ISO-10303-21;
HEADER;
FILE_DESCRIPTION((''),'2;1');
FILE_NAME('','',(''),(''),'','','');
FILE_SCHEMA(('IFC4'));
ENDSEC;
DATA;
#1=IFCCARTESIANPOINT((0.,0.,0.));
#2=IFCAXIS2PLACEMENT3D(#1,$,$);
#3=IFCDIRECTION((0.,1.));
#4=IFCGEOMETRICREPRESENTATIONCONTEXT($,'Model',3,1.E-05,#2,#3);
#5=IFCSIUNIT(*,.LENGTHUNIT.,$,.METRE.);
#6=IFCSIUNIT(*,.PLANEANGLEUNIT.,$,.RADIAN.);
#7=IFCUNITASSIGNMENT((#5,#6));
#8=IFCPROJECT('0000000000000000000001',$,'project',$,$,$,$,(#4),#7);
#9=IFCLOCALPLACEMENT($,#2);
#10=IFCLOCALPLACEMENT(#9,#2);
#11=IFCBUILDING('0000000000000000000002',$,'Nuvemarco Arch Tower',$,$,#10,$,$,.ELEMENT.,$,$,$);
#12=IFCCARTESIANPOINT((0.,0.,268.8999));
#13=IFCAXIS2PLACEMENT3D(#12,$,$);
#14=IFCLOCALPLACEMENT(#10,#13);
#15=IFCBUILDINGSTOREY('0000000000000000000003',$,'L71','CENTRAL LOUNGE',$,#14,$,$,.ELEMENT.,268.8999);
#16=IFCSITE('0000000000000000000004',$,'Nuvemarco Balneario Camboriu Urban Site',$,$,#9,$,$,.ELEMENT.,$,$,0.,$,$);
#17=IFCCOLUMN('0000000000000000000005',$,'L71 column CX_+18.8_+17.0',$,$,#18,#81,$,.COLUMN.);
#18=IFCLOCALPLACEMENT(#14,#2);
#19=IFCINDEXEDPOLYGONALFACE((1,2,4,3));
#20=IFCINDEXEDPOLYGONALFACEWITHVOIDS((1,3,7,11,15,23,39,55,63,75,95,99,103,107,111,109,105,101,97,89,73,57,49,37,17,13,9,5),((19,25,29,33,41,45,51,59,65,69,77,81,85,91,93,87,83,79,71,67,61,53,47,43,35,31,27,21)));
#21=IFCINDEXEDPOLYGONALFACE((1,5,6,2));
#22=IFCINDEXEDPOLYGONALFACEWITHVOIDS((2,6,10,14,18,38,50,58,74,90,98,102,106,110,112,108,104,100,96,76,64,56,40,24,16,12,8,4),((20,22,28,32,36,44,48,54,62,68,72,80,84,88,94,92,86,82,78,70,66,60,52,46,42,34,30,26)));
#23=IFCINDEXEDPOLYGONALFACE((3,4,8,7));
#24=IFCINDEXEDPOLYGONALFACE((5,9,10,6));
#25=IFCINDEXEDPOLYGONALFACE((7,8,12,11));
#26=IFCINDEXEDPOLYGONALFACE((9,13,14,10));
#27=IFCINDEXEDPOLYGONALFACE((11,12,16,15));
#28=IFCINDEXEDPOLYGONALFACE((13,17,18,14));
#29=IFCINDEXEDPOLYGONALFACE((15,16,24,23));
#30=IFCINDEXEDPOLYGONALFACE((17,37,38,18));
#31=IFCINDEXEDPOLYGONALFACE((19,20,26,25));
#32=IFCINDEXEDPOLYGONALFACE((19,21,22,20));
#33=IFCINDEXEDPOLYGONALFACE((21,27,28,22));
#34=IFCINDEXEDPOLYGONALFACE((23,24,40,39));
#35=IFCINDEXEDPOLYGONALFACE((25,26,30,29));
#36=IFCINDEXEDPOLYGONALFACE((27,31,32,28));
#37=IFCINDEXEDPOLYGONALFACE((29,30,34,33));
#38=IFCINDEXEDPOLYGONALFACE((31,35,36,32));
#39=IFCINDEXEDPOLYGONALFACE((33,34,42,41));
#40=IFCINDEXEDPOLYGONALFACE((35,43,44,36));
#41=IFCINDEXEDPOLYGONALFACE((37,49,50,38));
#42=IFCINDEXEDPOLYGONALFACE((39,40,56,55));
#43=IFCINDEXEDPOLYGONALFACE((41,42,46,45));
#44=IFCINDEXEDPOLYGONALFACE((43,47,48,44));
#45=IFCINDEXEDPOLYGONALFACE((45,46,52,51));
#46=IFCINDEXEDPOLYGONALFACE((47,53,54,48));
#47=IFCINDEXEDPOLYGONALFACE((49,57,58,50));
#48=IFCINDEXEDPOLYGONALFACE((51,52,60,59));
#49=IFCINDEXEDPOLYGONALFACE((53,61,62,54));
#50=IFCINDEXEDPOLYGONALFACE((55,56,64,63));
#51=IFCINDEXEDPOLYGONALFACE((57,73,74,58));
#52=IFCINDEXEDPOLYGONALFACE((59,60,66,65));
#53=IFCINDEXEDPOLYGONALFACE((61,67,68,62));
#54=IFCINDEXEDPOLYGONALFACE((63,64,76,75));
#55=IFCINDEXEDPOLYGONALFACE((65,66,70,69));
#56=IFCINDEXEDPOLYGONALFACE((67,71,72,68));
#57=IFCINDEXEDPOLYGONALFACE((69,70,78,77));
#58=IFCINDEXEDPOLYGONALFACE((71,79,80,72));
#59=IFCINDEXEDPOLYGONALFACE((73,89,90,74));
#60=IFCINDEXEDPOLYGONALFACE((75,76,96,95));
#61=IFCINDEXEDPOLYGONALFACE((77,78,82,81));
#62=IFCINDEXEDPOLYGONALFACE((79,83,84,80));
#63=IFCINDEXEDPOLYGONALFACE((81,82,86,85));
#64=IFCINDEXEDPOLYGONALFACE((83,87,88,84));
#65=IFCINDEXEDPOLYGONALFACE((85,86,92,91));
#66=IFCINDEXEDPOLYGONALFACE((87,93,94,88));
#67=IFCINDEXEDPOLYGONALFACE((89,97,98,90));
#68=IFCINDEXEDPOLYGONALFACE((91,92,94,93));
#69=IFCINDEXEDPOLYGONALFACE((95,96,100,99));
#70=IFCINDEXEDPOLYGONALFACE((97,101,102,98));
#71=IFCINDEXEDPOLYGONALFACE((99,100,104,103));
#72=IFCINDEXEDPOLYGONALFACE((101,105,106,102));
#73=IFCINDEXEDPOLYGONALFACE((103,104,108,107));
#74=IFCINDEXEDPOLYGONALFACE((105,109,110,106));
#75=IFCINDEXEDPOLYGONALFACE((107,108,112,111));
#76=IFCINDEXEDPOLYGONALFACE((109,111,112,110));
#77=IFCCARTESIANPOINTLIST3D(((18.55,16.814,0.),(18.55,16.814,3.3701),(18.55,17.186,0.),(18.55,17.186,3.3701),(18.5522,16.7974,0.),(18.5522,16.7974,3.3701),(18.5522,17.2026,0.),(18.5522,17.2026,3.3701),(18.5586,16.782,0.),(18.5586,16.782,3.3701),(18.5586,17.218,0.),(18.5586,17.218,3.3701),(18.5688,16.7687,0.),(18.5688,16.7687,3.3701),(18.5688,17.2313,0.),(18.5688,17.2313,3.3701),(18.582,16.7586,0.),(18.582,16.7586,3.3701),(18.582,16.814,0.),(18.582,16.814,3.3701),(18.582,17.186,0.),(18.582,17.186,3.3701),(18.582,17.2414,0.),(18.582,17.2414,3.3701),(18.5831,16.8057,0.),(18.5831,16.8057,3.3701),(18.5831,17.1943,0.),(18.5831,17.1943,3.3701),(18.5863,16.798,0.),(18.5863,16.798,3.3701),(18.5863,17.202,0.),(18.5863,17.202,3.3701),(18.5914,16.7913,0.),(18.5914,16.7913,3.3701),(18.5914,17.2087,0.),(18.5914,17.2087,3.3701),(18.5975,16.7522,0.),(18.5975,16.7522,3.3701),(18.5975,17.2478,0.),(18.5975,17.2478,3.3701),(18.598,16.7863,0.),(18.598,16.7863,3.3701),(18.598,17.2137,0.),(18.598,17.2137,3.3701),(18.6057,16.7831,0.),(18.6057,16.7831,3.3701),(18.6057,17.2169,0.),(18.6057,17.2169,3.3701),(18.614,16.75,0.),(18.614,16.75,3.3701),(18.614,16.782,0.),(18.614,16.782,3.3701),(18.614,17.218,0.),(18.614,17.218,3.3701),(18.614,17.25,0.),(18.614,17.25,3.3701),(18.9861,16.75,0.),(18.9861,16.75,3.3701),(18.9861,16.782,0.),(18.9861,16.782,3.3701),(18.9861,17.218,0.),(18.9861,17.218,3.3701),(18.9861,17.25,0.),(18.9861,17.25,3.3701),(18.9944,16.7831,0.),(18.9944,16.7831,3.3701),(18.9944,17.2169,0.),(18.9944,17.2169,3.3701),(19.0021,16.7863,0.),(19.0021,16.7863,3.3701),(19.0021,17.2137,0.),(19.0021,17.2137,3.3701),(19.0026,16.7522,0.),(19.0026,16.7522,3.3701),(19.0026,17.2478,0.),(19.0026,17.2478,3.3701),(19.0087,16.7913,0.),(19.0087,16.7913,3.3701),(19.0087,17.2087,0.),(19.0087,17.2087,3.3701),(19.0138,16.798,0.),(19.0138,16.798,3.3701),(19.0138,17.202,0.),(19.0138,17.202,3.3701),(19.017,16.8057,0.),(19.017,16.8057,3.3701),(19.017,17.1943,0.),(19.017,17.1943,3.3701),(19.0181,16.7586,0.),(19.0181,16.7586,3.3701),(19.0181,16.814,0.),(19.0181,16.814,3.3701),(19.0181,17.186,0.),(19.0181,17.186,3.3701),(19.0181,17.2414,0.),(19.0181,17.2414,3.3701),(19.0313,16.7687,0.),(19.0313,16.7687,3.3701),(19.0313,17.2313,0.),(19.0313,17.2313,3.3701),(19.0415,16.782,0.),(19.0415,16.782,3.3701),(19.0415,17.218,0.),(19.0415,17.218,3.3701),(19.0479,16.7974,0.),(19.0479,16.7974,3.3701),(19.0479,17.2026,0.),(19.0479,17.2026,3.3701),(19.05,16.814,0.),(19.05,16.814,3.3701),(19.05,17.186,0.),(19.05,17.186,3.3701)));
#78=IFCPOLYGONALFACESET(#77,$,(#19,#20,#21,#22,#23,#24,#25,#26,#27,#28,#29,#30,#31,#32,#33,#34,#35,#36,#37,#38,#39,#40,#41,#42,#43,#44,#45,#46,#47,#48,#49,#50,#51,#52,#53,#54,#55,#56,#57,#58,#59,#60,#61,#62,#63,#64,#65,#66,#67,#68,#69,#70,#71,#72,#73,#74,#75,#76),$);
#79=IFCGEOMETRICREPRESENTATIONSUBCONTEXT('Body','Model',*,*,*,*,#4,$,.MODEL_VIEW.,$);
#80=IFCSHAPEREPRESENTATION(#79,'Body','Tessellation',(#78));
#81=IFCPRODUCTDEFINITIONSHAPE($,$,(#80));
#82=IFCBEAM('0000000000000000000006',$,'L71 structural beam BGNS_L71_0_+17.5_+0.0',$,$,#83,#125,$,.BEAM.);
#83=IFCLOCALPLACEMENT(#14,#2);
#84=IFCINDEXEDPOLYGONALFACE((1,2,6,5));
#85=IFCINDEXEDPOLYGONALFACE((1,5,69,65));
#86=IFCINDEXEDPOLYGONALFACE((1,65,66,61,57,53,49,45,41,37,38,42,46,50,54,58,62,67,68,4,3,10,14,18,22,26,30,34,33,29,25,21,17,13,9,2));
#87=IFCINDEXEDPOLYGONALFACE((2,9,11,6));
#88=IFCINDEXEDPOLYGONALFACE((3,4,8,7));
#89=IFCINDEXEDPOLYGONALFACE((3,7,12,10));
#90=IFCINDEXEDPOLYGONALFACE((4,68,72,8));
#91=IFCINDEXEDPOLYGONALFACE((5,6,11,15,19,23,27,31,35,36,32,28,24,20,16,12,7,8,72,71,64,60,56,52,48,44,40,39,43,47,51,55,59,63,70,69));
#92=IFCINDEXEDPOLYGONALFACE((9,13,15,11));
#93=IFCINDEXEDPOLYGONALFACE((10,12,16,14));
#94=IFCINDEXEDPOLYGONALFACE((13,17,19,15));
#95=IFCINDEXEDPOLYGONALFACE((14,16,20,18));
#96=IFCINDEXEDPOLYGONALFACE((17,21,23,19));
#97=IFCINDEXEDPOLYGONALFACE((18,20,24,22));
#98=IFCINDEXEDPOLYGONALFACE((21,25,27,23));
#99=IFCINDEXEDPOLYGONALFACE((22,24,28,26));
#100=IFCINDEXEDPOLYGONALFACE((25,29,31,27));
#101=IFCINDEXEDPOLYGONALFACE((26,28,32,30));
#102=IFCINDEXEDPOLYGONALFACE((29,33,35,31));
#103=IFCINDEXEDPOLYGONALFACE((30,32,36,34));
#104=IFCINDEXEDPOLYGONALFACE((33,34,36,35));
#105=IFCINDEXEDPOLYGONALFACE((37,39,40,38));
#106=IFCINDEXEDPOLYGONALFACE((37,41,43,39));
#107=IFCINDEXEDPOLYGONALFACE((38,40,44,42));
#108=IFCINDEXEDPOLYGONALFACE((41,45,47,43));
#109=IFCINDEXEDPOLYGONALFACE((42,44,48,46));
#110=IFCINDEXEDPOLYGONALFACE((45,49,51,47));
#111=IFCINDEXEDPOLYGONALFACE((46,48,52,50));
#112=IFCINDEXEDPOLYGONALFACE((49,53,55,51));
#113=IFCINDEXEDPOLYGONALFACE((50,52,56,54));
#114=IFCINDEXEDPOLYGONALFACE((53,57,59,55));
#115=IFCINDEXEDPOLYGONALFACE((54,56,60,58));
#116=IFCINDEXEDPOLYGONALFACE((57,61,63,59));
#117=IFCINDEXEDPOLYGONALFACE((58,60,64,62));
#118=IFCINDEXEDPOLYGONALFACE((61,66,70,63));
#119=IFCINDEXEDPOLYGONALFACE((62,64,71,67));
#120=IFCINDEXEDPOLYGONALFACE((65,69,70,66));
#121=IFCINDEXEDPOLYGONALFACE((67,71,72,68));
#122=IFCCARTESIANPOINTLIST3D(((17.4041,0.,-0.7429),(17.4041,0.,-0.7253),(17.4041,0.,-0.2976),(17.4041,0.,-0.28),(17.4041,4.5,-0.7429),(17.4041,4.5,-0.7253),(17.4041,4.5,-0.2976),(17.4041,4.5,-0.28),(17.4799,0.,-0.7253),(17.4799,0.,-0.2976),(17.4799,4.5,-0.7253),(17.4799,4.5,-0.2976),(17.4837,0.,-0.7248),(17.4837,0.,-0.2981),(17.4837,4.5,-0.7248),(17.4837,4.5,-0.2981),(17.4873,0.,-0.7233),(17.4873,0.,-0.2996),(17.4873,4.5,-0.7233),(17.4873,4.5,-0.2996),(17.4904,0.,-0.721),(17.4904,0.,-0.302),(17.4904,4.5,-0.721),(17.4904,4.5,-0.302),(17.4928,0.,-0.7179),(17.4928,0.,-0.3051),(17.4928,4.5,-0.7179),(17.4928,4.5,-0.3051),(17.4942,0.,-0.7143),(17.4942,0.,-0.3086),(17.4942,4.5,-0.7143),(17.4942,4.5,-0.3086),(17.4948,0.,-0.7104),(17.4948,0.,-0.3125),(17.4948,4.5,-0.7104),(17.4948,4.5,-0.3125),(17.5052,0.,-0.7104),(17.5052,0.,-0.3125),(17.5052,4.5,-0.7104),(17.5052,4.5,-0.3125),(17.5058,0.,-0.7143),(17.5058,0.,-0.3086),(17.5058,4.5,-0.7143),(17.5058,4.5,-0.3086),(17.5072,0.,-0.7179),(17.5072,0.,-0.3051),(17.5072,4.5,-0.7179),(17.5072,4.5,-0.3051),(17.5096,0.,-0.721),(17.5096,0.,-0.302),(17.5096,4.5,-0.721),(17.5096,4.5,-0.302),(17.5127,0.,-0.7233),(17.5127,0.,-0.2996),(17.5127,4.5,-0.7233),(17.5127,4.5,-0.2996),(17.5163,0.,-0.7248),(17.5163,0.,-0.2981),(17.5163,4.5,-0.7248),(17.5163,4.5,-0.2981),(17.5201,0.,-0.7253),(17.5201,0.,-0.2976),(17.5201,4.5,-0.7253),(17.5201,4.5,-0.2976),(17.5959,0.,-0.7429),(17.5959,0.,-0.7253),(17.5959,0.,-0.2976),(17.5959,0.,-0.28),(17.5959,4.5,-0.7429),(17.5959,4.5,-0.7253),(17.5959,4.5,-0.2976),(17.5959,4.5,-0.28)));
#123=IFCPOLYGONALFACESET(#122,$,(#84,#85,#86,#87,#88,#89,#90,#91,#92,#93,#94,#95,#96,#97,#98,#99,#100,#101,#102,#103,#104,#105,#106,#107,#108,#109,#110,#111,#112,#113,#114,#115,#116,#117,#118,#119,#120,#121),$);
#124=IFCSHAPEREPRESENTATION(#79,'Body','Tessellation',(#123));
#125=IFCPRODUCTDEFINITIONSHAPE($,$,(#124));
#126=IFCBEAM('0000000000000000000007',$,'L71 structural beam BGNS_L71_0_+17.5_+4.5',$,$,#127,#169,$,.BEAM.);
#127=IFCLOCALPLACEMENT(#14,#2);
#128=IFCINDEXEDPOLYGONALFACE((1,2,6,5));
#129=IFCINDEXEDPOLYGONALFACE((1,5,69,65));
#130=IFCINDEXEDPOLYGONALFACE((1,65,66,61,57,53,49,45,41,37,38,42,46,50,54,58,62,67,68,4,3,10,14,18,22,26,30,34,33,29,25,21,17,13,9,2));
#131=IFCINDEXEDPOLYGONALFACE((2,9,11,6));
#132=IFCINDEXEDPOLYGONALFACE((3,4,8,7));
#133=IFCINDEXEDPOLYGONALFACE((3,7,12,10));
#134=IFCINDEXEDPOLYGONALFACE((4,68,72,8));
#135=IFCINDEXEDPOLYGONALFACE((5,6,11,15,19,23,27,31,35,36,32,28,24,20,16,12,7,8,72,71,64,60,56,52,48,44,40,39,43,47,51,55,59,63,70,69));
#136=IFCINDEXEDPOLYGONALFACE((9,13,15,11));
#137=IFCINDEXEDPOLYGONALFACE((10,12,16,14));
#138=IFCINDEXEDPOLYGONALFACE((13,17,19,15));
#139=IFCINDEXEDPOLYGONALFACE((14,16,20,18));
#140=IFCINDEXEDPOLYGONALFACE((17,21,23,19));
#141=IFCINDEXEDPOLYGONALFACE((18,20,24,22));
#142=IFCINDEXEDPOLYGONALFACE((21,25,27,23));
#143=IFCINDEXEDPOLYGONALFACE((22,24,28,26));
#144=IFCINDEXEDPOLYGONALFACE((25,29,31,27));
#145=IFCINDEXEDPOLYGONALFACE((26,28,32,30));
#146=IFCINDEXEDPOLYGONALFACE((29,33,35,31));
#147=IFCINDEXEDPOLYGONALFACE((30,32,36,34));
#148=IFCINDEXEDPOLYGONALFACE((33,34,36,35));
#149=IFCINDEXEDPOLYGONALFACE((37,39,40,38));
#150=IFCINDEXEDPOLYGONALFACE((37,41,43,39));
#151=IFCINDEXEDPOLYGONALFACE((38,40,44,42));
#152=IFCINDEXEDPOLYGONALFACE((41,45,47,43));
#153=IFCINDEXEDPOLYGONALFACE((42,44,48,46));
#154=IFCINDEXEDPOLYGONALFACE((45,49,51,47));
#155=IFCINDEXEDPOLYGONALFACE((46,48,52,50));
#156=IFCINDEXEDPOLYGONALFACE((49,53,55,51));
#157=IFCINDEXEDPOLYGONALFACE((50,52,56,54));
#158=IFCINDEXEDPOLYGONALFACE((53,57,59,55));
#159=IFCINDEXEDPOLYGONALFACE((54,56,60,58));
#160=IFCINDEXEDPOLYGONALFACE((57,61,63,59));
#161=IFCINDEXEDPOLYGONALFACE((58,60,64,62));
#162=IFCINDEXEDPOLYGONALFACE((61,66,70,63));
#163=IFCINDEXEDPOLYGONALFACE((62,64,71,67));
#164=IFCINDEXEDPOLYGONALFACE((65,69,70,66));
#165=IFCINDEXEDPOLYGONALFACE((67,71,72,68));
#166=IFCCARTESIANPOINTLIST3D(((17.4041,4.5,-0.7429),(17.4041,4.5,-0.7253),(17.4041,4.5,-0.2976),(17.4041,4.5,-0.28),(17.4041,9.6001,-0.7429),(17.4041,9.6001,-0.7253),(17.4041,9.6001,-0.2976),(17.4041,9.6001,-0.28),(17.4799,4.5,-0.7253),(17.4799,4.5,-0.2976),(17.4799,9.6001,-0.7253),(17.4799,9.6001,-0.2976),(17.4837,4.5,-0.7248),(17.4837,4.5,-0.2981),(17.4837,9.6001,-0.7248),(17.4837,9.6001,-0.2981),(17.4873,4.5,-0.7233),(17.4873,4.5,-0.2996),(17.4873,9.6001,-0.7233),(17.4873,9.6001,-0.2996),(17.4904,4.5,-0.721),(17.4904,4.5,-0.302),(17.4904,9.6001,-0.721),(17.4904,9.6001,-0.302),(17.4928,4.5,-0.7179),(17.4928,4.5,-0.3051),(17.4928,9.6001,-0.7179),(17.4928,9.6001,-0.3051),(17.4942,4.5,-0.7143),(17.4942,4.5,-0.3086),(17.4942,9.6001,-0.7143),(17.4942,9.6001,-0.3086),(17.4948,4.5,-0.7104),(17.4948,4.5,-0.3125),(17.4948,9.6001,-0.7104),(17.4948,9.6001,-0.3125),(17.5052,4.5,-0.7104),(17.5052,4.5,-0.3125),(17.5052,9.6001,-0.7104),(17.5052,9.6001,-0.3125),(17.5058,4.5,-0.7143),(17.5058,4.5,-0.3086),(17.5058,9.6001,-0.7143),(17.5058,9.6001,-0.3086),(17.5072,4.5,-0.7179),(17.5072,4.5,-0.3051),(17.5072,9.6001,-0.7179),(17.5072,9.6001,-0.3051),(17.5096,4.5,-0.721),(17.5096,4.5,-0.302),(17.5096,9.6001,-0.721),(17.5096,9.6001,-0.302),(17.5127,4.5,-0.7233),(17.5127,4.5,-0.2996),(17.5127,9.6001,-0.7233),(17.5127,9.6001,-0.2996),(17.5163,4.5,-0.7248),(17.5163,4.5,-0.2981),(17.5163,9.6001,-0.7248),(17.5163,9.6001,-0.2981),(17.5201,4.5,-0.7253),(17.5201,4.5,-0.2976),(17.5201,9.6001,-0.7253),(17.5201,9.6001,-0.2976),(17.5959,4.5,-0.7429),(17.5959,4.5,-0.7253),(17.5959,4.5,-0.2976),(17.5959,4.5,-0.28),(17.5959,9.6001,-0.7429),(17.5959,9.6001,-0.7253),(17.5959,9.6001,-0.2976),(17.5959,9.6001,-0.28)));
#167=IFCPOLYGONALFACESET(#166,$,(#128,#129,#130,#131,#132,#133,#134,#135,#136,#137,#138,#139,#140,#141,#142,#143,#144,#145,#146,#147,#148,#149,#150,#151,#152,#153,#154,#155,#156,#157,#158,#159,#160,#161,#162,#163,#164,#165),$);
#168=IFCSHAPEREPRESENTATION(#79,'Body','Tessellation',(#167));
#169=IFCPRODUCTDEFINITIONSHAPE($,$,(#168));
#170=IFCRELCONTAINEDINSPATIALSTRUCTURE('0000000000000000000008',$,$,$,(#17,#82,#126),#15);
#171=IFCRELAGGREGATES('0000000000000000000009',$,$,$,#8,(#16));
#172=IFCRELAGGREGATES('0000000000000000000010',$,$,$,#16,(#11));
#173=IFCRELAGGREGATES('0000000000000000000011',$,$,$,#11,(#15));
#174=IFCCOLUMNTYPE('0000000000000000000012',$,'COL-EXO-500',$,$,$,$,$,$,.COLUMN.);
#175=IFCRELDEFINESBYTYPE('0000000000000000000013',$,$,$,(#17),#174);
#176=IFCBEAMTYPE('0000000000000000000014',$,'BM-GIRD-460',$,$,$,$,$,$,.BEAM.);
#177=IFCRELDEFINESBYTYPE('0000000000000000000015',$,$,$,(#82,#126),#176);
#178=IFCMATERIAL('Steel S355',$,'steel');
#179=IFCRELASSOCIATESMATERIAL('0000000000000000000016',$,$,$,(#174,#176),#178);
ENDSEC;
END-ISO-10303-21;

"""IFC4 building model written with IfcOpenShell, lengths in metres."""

from ifc_helpers import new_model, si_unit, direction, frame, origin, origin_2d, place, context, subcontext, project, spatial, hollow_rectangle, i_section, extrude, material, material_profile, profile_set, type_object, element, save


model = new_model("IFC4")

# Units and contexts
model_context = context("Model", 3, precision=1e-05, world=origin(), true_north=direction((0.0, 1.0)))
body_context = subcontext(model_context, "Body", "Model", "MODEL_VIEW")
ifc_project = project(units=[si_unit("LENGTHUNIT", "METRE"), si_unit("PLANEANGLEUNIT", "RADIAN")], contexts=[model_context])

# Site, building, storey
site_placement = place(None, origin())
site = spatial("IfcSite", under=ifc_project, at=site_placement, Name="Nuvemarco Balneario Camboriu Urban Site", CompositionType="ELEMENT", RefElevation=0.0)
building_placement = place(site_placement, origin())
building = spatial("IfcBuilding", under=site, at=building_placement, Name="Nuvemarco Arch Tower", CompositionType="ELEMENT")
storey_placement = place(building_placement, frame((0.0, 0.0, 268.8999)))
storey = spatial("IfcBuildingStorey", under=building, at=storey_placement, Name="L71", Description="CENTRAL LOUNGE", CompositionType="ELEMENT", Elevation=268.8999)

# Column
ifc_material_1 = material(Name="Steel S355", Category="steel")
ifc_material_profile_1 = material_profile(ifc_material_1, hollow_rectangle(XDim=0.5, YDim=0.5, WallThickness=0.032, InnerFilletRadius=0.032, OuterFilletRadius=0.064, at=origin_2d()), Name="SHS500x500x32")
ifc_profile_set_1 = profile_set([ifc_material_profile_1], Name="Steel S355")
column_type_1 = type_object("IfcColumnType", Name="COL-EXO-500", PredefinedType="COLUMN", material=ifc_profile_set_1)
for number, where, z_axis, x_axis, name in (
    (1, (18.8, 17.0, 0.0), (0.0, 0.0, 1.0), (1.0, 0.0, 0.0), "L71 column CX_+18.8_+17.0"),
):
    element("IfcColumn", number, at=place(storey_placement, frame(where, z_axis=z_axis, x_axis=x_axis)), inside=storey, type_object=column_type_1, Name=name, PredefinedType="COLUMN", context=body_context, shape_type="SweptSolid", body=[
        extrude(hollow_rectangle(XDim=0.5, YDim=0.5, WallThickness=0.032, InnerFilletRadius=0.032, OuterFilletRadius=0.064, at=origin_2d()), origin(), (0.0, 0.0, 1.0), 3.3701),
    ])

# Beams
ifc_material_profile_2 = material_profile(ifc_material_1, i_section(OverallWidth=0.1919, OverallDepth=0.4629, WebThickness=0.0105, FlangeThickness=0.0176, FilletRadius=0.0149, at=origin_2d()), Name="W460x89")
ifc_profile_set_2 = profile_set([ifc_material_profile_2], Name="Steel S355")
beam_type_1 = type_object("IfcBeamType", Name="BM-GIRD-460", PredefinedType="BEAM", material=ifc_profile_set_2)
beam_1_placement = place(storey_placement, frame((17.5, 0.0, -0.5115), z_axis=(0.0, 1.0, 0.0), x_axis=(-1.0, 0.0, 0.0)))
element("IfcBeam", 2, at=beam_1_placement, inside=storey, type_object=beam_type_1, Name="L71 structural beam BGNS_L71_0_+17.5_+0.0", PredefinedType="BEAM", context=body_context, shape_type="SweptSolid", body=[
    extrude(i_section(OverallWidth=0.1919, OverallDepth=0.4629, WebThickness=0.0105, FlangeThickness=0.0176, FilletRadius=0.0149, at=origin_2d()), origin(), (0.0, 0.0, 1.0), 4.5),
])
beam_2_placement = place(storey_placement, frame((17.5, 4.5, -0.5115), z_axis=(0.0, 1.0, 0.0), x_axis=(-1.0, 0.0, 0.0)))
element("IfcBeam", 3, at=beam_2_placement, inside=storey, type_object=beam_type_1, Name="L71 structural beam BGNS_L71_0_+17.5_+4.5", PredefinedType="BEAM", context=body_context, shape_type="SweptSolid", body=[
    extrude(i_section(OverallWidth=0.1919, OverallDepth=0.4629, WebThickness=0.0105, FlangeThickness=0.0176, FilletRadius=0.0149, at=origin_2d()), origin(), (0.0, 0.0, 1.0), 5.1001),
])

save(model, "model.ifc")
